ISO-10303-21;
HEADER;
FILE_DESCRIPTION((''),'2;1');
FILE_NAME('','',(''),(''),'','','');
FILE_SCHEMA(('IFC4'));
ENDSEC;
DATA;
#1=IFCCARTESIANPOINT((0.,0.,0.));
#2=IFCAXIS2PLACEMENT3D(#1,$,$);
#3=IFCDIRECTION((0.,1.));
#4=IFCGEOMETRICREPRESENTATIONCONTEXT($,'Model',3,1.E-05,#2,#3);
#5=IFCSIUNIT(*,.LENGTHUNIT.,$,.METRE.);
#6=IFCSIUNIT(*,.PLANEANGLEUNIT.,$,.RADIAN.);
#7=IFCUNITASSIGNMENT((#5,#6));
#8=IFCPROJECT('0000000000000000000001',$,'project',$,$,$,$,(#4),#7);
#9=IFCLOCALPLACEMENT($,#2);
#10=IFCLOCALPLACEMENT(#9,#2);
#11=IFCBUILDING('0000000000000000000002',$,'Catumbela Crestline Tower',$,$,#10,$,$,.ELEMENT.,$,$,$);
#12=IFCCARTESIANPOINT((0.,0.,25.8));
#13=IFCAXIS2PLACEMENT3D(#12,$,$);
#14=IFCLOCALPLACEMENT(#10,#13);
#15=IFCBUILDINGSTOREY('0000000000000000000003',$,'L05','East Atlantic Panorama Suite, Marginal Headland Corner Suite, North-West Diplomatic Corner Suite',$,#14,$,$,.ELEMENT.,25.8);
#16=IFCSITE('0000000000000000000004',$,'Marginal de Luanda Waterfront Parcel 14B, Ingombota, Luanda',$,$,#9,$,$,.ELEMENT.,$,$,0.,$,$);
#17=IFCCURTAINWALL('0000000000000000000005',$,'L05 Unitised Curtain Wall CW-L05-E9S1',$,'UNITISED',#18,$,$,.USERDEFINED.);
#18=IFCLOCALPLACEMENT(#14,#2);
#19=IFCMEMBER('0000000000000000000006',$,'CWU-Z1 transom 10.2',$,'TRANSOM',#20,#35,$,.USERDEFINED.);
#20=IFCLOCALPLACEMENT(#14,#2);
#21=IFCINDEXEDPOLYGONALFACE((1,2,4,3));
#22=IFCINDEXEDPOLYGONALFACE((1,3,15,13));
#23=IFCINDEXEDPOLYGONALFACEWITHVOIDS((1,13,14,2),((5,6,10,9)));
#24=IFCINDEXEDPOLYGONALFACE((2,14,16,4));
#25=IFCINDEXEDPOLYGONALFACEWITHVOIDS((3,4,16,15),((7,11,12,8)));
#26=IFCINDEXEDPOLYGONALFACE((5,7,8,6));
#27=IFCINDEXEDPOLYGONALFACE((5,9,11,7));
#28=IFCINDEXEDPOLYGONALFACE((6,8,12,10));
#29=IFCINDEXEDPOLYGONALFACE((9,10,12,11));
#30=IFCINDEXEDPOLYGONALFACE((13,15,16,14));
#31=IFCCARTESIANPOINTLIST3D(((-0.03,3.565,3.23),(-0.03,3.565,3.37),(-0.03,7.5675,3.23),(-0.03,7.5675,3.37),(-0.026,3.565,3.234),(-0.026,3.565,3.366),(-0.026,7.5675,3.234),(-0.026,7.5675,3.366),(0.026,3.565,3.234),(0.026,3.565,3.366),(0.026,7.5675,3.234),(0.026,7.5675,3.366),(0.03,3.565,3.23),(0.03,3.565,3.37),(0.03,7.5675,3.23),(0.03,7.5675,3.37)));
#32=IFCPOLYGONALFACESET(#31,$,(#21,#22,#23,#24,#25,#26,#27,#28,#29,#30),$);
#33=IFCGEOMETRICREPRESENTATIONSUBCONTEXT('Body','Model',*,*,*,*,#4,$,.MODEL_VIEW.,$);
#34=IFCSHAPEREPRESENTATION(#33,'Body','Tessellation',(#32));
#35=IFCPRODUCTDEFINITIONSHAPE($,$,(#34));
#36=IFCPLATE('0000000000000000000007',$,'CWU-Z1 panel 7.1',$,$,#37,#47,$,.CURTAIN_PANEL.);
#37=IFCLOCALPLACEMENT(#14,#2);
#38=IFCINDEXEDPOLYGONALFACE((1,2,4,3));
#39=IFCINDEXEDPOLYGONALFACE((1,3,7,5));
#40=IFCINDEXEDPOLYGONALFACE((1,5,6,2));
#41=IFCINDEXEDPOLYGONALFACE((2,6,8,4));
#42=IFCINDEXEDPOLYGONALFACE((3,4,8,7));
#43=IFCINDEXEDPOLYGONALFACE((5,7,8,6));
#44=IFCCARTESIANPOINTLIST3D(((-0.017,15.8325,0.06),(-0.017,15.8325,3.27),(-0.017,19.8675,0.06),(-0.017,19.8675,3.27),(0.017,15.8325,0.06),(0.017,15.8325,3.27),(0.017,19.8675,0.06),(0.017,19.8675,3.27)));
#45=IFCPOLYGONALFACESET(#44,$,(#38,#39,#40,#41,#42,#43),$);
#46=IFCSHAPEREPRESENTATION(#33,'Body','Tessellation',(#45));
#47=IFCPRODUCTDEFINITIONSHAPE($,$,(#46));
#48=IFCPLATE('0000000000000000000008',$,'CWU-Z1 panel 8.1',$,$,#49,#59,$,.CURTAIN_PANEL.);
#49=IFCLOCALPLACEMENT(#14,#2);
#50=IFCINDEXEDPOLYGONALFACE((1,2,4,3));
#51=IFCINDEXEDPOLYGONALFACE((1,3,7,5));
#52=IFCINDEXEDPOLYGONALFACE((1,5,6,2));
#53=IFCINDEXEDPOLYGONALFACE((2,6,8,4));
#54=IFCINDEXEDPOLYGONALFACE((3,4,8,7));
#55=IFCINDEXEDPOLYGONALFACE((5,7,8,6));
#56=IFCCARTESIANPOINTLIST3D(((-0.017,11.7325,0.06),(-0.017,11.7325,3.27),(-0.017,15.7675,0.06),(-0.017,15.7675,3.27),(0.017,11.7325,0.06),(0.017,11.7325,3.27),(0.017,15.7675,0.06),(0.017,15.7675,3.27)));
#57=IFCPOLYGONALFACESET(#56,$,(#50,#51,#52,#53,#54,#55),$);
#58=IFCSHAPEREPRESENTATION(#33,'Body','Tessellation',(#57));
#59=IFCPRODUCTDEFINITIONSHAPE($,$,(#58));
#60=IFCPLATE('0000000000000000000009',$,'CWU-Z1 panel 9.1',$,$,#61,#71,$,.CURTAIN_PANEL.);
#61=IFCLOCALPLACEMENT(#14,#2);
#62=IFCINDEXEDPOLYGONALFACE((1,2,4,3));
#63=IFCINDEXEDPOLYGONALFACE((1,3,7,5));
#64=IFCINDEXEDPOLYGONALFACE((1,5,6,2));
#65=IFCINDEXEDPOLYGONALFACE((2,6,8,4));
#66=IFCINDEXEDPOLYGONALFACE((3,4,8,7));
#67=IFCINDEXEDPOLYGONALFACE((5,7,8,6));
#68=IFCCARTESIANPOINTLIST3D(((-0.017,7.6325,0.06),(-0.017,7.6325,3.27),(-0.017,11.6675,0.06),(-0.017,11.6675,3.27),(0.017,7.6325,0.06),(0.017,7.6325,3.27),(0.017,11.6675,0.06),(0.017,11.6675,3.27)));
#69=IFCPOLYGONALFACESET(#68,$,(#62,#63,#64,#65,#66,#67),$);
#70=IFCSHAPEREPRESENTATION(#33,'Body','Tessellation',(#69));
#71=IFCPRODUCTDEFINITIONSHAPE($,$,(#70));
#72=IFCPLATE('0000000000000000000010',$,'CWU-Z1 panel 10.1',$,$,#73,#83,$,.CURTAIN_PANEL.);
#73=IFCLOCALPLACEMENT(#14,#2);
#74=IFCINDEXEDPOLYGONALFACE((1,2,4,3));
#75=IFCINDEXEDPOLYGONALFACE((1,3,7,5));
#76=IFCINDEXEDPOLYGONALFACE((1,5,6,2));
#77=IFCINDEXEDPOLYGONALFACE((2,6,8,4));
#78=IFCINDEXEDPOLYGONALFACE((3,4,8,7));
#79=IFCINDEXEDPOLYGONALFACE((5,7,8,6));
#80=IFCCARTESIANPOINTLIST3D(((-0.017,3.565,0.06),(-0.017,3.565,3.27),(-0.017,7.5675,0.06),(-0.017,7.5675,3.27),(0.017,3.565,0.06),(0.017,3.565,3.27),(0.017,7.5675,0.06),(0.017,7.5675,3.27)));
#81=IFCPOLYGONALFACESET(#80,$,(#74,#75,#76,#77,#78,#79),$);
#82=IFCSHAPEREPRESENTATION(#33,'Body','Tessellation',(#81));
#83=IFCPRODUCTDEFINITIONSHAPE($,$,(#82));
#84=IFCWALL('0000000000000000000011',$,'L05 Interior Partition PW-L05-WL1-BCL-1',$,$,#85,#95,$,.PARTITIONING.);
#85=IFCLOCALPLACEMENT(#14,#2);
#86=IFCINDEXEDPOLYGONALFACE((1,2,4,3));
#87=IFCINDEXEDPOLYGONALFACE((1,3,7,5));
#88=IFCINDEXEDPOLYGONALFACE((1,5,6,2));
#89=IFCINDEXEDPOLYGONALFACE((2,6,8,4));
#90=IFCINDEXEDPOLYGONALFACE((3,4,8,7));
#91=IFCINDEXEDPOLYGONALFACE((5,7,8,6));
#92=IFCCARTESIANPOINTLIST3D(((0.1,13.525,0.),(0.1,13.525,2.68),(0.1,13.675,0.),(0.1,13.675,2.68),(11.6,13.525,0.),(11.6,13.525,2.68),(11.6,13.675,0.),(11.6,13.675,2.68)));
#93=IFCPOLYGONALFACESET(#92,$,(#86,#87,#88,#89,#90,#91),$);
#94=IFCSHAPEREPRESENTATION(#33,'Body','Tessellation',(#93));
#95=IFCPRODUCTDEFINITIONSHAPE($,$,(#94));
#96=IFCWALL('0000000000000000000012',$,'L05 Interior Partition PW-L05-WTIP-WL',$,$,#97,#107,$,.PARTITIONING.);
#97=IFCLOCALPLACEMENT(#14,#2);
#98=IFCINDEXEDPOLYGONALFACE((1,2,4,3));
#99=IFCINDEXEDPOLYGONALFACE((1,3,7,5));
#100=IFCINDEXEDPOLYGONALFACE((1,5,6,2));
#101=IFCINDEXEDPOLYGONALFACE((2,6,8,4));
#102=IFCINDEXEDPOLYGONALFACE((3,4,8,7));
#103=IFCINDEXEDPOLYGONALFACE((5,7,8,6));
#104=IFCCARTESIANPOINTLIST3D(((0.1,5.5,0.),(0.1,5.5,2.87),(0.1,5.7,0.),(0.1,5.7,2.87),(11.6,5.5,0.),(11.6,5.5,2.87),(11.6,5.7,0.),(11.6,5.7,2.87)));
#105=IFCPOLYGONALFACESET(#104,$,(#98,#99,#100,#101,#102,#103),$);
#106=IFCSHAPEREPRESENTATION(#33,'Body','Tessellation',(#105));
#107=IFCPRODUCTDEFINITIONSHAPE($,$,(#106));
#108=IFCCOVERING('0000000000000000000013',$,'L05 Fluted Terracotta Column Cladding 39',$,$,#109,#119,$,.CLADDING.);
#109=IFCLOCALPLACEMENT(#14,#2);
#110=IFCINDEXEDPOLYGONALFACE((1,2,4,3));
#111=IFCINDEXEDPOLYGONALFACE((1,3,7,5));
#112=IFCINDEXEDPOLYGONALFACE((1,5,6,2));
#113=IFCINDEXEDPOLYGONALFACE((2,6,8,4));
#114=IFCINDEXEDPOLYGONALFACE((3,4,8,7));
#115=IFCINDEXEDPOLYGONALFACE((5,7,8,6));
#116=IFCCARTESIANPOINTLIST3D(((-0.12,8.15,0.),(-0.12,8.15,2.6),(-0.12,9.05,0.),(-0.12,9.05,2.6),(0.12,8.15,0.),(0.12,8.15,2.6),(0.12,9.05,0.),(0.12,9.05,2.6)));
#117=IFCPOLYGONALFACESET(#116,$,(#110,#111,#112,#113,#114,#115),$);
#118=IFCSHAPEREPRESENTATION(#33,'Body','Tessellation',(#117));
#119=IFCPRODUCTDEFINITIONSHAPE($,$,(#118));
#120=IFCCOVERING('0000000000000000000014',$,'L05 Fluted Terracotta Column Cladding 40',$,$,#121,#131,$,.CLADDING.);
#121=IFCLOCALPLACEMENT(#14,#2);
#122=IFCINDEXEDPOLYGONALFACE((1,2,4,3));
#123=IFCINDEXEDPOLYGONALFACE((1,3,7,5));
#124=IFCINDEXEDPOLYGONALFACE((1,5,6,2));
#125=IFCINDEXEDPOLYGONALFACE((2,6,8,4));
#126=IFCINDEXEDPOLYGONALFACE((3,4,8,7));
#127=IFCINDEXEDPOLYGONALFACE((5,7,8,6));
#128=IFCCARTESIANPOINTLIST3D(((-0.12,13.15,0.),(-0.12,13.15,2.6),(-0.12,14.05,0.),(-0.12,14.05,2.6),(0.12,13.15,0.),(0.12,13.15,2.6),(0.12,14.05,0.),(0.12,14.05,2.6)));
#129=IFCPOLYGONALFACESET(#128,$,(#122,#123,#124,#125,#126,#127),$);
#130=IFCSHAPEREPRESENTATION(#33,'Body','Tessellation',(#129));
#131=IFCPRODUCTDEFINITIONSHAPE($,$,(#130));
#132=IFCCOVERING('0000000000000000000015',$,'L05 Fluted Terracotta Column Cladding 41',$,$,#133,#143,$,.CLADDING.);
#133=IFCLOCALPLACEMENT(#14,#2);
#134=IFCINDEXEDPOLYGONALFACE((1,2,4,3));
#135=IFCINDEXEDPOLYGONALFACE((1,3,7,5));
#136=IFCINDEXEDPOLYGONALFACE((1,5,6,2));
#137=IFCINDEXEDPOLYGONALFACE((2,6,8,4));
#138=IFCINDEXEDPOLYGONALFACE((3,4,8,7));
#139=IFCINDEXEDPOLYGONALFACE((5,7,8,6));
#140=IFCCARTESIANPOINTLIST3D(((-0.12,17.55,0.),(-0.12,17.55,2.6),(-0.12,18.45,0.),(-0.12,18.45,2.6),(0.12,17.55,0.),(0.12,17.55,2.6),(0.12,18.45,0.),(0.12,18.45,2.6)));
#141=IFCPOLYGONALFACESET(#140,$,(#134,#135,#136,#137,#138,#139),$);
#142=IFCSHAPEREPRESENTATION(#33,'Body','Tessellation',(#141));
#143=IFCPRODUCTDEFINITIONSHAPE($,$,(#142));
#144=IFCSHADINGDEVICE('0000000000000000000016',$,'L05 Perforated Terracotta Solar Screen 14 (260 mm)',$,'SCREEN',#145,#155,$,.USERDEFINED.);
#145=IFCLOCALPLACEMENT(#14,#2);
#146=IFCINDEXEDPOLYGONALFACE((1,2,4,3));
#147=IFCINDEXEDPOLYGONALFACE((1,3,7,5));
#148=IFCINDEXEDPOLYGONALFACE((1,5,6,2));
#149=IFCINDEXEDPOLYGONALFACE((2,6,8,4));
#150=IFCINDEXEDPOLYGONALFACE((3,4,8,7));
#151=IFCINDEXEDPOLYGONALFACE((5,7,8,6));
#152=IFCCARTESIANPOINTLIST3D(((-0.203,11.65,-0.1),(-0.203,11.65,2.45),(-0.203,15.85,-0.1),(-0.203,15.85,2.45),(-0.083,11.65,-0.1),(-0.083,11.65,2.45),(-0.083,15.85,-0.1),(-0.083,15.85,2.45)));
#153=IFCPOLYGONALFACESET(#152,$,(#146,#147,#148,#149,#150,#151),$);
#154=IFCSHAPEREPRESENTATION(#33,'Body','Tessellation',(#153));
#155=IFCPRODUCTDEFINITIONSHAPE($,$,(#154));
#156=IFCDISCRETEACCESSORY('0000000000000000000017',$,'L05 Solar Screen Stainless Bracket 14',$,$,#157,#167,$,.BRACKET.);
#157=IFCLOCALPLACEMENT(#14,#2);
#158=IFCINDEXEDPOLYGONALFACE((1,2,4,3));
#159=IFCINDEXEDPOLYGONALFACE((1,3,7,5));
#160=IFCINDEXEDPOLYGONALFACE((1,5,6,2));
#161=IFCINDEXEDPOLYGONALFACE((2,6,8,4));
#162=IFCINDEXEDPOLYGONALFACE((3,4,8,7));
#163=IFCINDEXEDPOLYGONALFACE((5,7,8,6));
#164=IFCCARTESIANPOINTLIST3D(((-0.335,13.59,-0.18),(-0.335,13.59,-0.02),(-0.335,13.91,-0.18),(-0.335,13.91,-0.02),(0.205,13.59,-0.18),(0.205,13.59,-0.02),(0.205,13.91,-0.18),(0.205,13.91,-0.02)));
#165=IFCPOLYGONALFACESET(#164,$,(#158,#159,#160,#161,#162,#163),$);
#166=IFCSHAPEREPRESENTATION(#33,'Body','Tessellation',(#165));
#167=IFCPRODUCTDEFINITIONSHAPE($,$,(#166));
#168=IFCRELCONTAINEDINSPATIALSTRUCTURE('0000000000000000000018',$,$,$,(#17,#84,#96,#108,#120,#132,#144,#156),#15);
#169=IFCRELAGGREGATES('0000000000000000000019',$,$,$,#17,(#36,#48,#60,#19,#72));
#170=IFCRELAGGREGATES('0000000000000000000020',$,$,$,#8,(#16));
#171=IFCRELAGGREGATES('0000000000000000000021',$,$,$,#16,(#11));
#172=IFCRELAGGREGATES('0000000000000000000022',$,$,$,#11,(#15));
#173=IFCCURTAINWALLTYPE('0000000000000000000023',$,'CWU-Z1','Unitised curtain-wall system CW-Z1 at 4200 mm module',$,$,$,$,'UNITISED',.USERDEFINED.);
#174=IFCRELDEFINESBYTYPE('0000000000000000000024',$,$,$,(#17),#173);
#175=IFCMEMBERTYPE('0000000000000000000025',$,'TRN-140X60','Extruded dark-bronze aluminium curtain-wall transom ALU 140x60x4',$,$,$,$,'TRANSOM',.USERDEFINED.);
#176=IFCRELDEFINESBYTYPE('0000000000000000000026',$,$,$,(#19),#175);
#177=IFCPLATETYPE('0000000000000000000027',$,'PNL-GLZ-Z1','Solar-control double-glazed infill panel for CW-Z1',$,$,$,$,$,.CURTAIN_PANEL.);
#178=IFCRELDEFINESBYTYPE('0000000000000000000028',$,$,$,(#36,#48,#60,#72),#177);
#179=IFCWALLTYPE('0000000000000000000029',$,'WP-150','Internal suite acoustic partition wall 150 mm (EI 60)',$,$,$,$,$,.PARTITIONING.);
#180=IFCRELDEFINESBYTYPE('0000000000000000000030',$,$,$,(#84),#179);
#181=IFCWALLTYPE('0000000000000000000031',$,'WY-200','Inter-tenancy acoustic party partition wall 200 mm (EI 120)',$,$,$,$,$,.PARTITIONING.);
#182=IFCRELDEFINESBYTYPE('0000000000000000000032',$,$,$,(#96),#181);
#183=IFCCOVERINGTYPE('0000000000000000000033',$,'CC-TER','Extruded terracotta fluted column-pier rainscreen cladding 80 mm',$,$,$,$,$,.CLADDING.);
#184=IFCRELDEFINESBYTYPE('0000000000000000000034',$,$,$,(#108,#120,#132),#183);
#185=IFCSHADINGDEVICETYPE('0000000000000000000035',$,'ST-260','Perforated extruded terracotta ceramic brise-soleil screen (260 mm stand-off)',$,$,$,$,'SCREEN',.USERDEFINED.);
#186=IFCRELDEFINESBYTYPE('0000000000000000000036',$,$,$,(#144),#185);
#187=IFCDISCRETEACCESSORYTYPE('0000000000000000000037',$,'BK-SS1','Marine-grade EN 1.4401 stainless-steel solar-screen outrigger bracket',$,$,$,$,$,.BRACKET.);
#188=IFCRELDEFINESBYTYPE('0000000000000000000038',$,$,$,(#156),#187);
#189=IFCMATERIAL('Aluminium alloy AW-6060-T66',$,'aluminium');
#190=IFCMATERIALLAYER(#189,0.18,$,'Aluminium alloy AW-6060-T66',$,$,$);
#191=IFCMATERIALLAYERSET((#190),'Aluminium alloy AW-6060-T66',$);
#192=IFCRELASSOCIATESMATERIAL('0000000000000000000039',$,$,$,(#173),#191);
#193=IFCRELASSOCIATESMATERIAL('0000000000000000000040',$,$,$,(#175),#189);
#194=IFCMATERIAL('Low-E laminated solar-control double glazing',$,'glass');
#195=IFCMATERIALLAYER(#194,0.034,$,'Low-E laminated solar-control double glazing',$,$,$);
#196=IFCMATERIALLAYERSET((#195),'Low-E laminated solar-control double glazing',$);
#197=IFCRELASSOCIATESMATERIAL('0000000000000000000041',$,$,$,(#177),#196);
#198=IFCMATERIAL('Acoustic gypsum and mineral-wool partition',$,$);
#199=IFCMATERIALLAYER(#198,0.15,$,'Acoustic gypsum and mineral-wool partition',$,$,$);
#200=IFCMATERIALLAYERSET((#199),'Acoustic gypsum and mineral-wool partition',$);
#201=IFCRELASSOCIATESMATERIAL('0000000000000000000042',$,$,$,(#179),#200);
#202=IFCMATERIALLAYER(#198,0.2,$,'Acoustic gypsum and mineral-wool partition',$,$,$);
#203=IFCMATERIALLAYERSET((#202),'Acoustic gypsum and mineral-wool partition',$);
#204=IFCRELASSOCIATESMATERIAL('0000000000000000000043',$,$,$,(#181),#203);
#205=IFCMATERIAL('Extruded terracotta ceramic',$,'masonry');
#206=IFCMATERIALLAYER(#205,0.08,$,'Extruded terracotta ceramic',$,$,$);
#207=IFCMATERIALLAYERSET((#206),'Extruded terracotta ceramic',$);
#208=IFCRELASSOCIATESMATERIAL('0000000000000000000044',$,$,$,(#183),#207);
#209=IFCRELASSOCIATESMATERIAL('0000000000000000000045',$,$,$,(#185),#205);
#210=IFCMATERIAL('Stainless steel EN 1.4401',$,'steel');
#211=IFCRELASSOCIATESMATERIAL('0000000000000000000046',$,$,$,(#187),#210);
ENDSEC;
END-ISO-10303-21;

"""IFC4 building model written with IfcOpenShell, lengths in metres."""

from ifc_helpers import new_model, si_unit, direction, frame, frame_2d, origin, origin_2d, place, context, subcontext, project, spatial, rectangle, hollow_rectangle, extrude, material, layer, layer_set, material_profile, profile_set, type_object, element, aggregate, save


model = new_model("IFC4")

# Units and contexts
model_context = context("Model", 3, precision=1e-05, world=origin(), true_north=direction((0.0, 1.0)))
body_context = subcontext(model_context, "Body", "Model", "MODEL_VIEW")
ifc_project = project(units=[si_unit("LENGTHUNIT", "METRE"), si_unit("PLANEANGLEUNIT", "RADIAN")], contexts=[model_context])

# Site, building, storey
site_placement = place(None, origin())
site = spatial("IfcSite", under=ifc_project, at=site_placement, Name="Marginal de Luanda Waterfront Parcel 14B, Ingombota, Luanda", CompositionType="ELEMENT", RefElevation=0.0)
building_placement = place(site_placement, origin())
building = spatial("IfcBuilding", under=site, at=building_placement, Name="Catumbela Crestline Tower", CompositionType="ELEMENT")
storey_placement = place(building_placement, frame((0.0, 0.0, 25.8)))
storey = spatial("IfcBuildingStorey", under=building, at=storey_placement, Name="L05", Description="East Atlantic Panorama Suite, Marginal Headland Corner Suite, North-West Diplomatic Corner Suite", CompositionType="ELEMENT", Elevation=25.8)

# Curtain wall
ifc_material_1 = material(Name="Aluminium alloy AW-6060-T66", Category="aluminium")
ifc_layer_1 = layer(ifc_material_1, 0.18, Name="Aluminium alloy AW-6060-T66")
ifc_layer_set_1 = layer_set([ifc_layer_1], Name="Aluminium alloy AW-6060-T66")
curtain_wall_type = type_object("IfcCurtainWallType", Name="CWU-Z1", Description="Unitised curtain-wall system CW-Z1 at 4200 mm module", ElementType="UNITISED", PredefinedType="USERDEFINED", material=ifc_layer_set_1)
curtain_wall_placement = place(storey_placement, origin())
curtain_wall = element("IfcCurtainWall", 1, at=curtain_wall_placement, inside=storey, type_object=curtain_wall_type, Name="L05 Unitised Curtain Wall CW-L05-E9S1", ObjectType="UNITISED", PredefinedType="USERDEFINED")

# Member
ifc_material_profile_1 = material_profile(ifc_material_1, hollow_rectangle(XDim=0.06, YDim=0.14, WallThickness=0.004, at=origin_2d()), Name="ALU 140x60x4")
ifc_profile_set_1 = profile_set([ifc_material_profile_1], Name="Aluminium alloy AW-6060-T66")
member_type_1 = type_object("IfcMemberType", Name="TRN-140X60", Description="Extruded dark-bronze aluminium curtain-wall transom ALU 140x60x4", ElementType="TRANSOM", PredefinedType="USERDEFINED", material=ifc_profile_set_1)
member_1_placement = place(storey_placement, frame((0.0, 7.5675, 3.3), z_axis=(0.0, -1.0, 0.0), x_axis=(1.0, 0.0, 0.0)))
member_1 = element("IfcMember", 2, at=member_1_placement, type_object=member_type_1, Name="CWU-Z1 transom 10.2", ObjectType="TRANSOM", PredefinedType="USERDEFINED", context=body_context, shape_type="SweptSolid", body=[
    extrude(hollow_rectangle(XDim=0.06, YDim=0.14, WallThickness=0.004, at=origin_2d()), origin(), (0.0, 0.0, 1.0), 4.0025),
])

# Plates
ifc_material_2 = material(Name="Low-E laminated solar-control double glazing", Category="glass")
ifc_layer_2 = layer(ifc_material_2, 0.034, Name="Low-E laminated solar-control double glazing")
ifc_layer_set_2 = layer_set([ifc_layer_2], Name="Low-E laminated solar-control double glazing")
plate_type = type_object("IfcPlateType", Name="PNL-GLZ-Z1", Description="Solar-control double-glazed infill panel for CW-Z1", PredefinedType="CURTAIN_PANEL", material=ifc_layer_set_2)
plate_1_placement = place(storey_placement, frame((0.0, 17.85, 0.06), z_axis=(0.0, 0.0, 1.0), x_axis=(0.0, -1.0, 0.0)))
plate_1 = element("IfcPlate", 3, at=plate_1_placement, type_object=plate_type, Name="CWU-Z1 panel 7.1", PredefinedType="CURTAIN_PANEL", context=body_context, shape_type="SweptSolid", body=[
    extrude(rectangle(XDim=4.035, YDim=0.034, at=origin_2d()), origin(), (0.0, 0.0, 1.0), 3.21),
])
plate_2_placement = place(storey_placement, frame((0.0, 13.75, 0.06), z_axis=(0.0, 0.0, 1.0), x_axis=(0.0, -1.0, 0.0)))
plate_2 = element("IfcPlate", 4, at=plate_2_placement, type_object=plate_type, Name="CWU-Z1 panel 8.1", PredefinedType="CURTAIN_PANEL", context=body_context, shape_type="SweptSolid", body=[
    extrude(rectangle(XDim=4.035, YDim=0.034, at=origin_2d()), origin(), (0.0, 0.0, 1.0), 3.21),
])
plate_3_placement = place(storey_placement, frame((0.0, 9.65, 0.06), z_axis=(0.0, 0.0, 1.0), x_axis=(0.0, -1.0, 0.0)))
plate_3 = element("IfcPlate", 5, at=plate_3_placement, type_object=plate_type, Name="CWU-Z1 panel 9.1", PredefinedType="CURTAIN_PANEL", context=body_context, shape_type="SweptSolid", body=[
    extrude(rectangle(XDim=4.035, YDim=0.034, at=origin_2d()), origin(), (0.0, 0.0, 1.0), 3.21),
])
plate_4_placement = place(storey_placement, frame((0.0, 5.5662, 0.06), z_axis=(0.0, 0.0, 1.0), x_axis=(0.0, -1.0, 0.0)))
plate_4 = element("IfcPlate", 6, at=plate_4_placement, type_object=plate_type, Name="CWU-Z1 panel 10.1", PredefinedType="CURTAIN_PANEL", context=body_context, shape_type="SweptSolid", body=[
    extrude(rectangle(XDim=4.0025, YDim=0.034, at=origin_2d()), origin(), (0.0, 0.0, 1.0), 3.21),
])
aggregate(curtain_wall, [plate_1, plate_2, plate_3, member_1, plate_4])

# Walls
ifc_material_3 = material(Name="Acoustic gypsum and mineral-wool partition")
ifc_layer_3 = layer(ifc_material_3, 0.15, Name="Acoustic gypsum and mineral-wool partition")
ifc_layer_set_3 = layer_set([ifc_layer_3], Name="Acoustic gypsum and mineral-wool partition")
wall_type_1 = type_object("IfcWallType", Name="WP-150", Description="Internal suite acoustic partition wall 150 mm (EI 60)", PredefinedType="PARTITIONING", material=ifc_layer_set_3)
wall_1_placement = place(storey_placement, frame((0.1, 13.6, 0.0), z_axis=(0.0, 0.0, 1.0), x_axis=(1.0, 0.0, 0.0)))
element("IfcWall", 7, at=wall_1_placement, inside=storey, type_object=wall_type_1, Name="L05 Interior Partition PW-L05-WL1-BCL-1", PredefinedType="PARTITIONING", context=body_context, shape_type="SweptSolid", body=[
    extrude(rectangle(XDim=11.5, YDim=0.15, at=frame_2d((5.75, 0.0))), origin(), (0.0, 0.0, 1.0), 2.68),
])
ifc_layer_4 = layer(ifc_material_3, 0.2, Name="Acoustic gypsum and mineral-wool partition")
ifc_layer_set_4 = layer_set([ifc_layer_4], Name="Acoustic gypsum and mineral-wool partition")
wall_type_2 = type_object("IfcWallType", Name="WY-200", Description="Inter-tenancy acoustic party partition wall 200 mm (EI 120)", PredefinedType="PARTITIONING", material=ifc_layer_set_4)
wall_2_placement = place(storey_placement, frame((0.1, 5.6, 0.0), z_axis=(0.0, 0.0, 1.0), x_axis=(1.0, 0.0, 0.0)))
element("IfcWall", 8, at=wall_2_placement, inside=storey, type_object=wall_type_2, Name="L05 Interior Partition PW-L05-WTIP-WL", PredefinedType="PARTITIONING", context=body_context, shape_type="SweptSolid", body=[
    extrude(rectangle(XDim=11.5, YDim=0.2, at=frame_2d((5.75, 0.0))), origin(), (0.0, 0.0, 1.0), 2.87),
])

# Coverings
ifc_material_4 = material(Name="Extruded terracotta ceramic", Category="masonry")
ifc_layer_5 = layer(ifc_material_4, 0.08, Name="Extruded terracotta ceramic")
ifc_layer_set_5 = layer_set([ifc_layer_5], Name="Extruded terracotta ceramic")
covering_type = type_object("IfcCoveringType", Name="CC-TER", Description="Extruded terracotta fluted column-pier rainscreen cladding 80 mm", PredefinedType="CLADDING", material=ifc_layer_set_5)
for number, where, z_axis, x_axis, name in (
    (9, (0.0, 8.6, 0.0), (0.0, 0.0, 1.0), (0.0, -1.0, 0.0), "L05 Fluted Terracotta Column Cladding 39"),
    (10, (0.0, 13.6, 0.0), (0.0, 0.0, 1.0), (0.0, -1.0, 0.0), "L05 Fluted Terracotta Column Cladding 40"),
    (11, (0.0, 18.0, 0.0), (0.0, 0.0, 1.0), (0.0, -1.0, 0.0), "L05 Fluted Terracotta Column Cladding 41"),
):
    element("IfcCovering", number, at=place(storey_placement, frame(where, z_axis=z_axis, x_axis=x_axis)), inside=storey, type_object=covering_type, Name=name, PredefinedType="CLADDING", context=body_context, shape_type="SweptSolid", body=[
        extrude(rectangle(XDim=0.9, YDim=0.24, at=origin_2d()), origin(), (0.0, 0.0, 1.0), 2.6),
    ])

# Shading device
shading_device_type = type_object("IfcShadingDeviceType", Name="ST-260", Description="Perforated extruded terracotta ceramic brise-soleil screen (260 mm stand-off)", ElementType="SCREEN", PredefinedType="USERDEFINED", material=ifc_material_4)
shading_device_placement = place(storey_placement, frame((-0.143, 13.75, -0.1), z_axis=(0.0, 0.0, 1.0), x_axis=(0.0, -1.0, 0.0)))
element("IfcShadingDevice", 12, at=shading_device_placement, inside=storey, type_object=shading_device_type, Name="L05 Perforated Terracotta Solar Screen 14 (260 mm)", ObjectType="SCREEN", PredefinedType="USERDEFINED", context=body_context, shape_type="SweptSolid", body=[
    extrude(rectangle(XDim=4.2, YDim=0.12, at=origin_2d()), origin(), (0.0, 0.0, 1.0), 2.55),
])

# Discrete accessory
ifc_material_5 = material(Name="Stainless steel EN 1.4401", Category="steel")
discrete_accessory_type = type_object("IfcDiscreteAccessoryType", Name="BK-SS1", Description="Marine-grade EN 1.4401 stainless-steel solar-screen outrigger bracket", PredefinedType="BRACKET", material=ifc_material_5)
discrete_accessory_placement = place(storey_placement, frame((-0.065, 13.75, -0.18), z_axis=(0.0, 0.0, 1.0), x_axis=(0.0, -1.0, 0.0)))
element("IfcDiscreteAccessory", 13, at=discrete_accessory_placement, inside=storey, type_object=discrete_accessory_type, Name="L05 Solar Screen Stainless Bracket 14", PredefinedType="BRACKET", context=body_context, shape_type="SweptSolid", body=[
    extrude(rectangle(XDim=0.32, YDim=0.54, at=origin_2d()), origin(), (0.0, 0.0, 1.0), 0.16),
])

save(model, "model.ifc")
